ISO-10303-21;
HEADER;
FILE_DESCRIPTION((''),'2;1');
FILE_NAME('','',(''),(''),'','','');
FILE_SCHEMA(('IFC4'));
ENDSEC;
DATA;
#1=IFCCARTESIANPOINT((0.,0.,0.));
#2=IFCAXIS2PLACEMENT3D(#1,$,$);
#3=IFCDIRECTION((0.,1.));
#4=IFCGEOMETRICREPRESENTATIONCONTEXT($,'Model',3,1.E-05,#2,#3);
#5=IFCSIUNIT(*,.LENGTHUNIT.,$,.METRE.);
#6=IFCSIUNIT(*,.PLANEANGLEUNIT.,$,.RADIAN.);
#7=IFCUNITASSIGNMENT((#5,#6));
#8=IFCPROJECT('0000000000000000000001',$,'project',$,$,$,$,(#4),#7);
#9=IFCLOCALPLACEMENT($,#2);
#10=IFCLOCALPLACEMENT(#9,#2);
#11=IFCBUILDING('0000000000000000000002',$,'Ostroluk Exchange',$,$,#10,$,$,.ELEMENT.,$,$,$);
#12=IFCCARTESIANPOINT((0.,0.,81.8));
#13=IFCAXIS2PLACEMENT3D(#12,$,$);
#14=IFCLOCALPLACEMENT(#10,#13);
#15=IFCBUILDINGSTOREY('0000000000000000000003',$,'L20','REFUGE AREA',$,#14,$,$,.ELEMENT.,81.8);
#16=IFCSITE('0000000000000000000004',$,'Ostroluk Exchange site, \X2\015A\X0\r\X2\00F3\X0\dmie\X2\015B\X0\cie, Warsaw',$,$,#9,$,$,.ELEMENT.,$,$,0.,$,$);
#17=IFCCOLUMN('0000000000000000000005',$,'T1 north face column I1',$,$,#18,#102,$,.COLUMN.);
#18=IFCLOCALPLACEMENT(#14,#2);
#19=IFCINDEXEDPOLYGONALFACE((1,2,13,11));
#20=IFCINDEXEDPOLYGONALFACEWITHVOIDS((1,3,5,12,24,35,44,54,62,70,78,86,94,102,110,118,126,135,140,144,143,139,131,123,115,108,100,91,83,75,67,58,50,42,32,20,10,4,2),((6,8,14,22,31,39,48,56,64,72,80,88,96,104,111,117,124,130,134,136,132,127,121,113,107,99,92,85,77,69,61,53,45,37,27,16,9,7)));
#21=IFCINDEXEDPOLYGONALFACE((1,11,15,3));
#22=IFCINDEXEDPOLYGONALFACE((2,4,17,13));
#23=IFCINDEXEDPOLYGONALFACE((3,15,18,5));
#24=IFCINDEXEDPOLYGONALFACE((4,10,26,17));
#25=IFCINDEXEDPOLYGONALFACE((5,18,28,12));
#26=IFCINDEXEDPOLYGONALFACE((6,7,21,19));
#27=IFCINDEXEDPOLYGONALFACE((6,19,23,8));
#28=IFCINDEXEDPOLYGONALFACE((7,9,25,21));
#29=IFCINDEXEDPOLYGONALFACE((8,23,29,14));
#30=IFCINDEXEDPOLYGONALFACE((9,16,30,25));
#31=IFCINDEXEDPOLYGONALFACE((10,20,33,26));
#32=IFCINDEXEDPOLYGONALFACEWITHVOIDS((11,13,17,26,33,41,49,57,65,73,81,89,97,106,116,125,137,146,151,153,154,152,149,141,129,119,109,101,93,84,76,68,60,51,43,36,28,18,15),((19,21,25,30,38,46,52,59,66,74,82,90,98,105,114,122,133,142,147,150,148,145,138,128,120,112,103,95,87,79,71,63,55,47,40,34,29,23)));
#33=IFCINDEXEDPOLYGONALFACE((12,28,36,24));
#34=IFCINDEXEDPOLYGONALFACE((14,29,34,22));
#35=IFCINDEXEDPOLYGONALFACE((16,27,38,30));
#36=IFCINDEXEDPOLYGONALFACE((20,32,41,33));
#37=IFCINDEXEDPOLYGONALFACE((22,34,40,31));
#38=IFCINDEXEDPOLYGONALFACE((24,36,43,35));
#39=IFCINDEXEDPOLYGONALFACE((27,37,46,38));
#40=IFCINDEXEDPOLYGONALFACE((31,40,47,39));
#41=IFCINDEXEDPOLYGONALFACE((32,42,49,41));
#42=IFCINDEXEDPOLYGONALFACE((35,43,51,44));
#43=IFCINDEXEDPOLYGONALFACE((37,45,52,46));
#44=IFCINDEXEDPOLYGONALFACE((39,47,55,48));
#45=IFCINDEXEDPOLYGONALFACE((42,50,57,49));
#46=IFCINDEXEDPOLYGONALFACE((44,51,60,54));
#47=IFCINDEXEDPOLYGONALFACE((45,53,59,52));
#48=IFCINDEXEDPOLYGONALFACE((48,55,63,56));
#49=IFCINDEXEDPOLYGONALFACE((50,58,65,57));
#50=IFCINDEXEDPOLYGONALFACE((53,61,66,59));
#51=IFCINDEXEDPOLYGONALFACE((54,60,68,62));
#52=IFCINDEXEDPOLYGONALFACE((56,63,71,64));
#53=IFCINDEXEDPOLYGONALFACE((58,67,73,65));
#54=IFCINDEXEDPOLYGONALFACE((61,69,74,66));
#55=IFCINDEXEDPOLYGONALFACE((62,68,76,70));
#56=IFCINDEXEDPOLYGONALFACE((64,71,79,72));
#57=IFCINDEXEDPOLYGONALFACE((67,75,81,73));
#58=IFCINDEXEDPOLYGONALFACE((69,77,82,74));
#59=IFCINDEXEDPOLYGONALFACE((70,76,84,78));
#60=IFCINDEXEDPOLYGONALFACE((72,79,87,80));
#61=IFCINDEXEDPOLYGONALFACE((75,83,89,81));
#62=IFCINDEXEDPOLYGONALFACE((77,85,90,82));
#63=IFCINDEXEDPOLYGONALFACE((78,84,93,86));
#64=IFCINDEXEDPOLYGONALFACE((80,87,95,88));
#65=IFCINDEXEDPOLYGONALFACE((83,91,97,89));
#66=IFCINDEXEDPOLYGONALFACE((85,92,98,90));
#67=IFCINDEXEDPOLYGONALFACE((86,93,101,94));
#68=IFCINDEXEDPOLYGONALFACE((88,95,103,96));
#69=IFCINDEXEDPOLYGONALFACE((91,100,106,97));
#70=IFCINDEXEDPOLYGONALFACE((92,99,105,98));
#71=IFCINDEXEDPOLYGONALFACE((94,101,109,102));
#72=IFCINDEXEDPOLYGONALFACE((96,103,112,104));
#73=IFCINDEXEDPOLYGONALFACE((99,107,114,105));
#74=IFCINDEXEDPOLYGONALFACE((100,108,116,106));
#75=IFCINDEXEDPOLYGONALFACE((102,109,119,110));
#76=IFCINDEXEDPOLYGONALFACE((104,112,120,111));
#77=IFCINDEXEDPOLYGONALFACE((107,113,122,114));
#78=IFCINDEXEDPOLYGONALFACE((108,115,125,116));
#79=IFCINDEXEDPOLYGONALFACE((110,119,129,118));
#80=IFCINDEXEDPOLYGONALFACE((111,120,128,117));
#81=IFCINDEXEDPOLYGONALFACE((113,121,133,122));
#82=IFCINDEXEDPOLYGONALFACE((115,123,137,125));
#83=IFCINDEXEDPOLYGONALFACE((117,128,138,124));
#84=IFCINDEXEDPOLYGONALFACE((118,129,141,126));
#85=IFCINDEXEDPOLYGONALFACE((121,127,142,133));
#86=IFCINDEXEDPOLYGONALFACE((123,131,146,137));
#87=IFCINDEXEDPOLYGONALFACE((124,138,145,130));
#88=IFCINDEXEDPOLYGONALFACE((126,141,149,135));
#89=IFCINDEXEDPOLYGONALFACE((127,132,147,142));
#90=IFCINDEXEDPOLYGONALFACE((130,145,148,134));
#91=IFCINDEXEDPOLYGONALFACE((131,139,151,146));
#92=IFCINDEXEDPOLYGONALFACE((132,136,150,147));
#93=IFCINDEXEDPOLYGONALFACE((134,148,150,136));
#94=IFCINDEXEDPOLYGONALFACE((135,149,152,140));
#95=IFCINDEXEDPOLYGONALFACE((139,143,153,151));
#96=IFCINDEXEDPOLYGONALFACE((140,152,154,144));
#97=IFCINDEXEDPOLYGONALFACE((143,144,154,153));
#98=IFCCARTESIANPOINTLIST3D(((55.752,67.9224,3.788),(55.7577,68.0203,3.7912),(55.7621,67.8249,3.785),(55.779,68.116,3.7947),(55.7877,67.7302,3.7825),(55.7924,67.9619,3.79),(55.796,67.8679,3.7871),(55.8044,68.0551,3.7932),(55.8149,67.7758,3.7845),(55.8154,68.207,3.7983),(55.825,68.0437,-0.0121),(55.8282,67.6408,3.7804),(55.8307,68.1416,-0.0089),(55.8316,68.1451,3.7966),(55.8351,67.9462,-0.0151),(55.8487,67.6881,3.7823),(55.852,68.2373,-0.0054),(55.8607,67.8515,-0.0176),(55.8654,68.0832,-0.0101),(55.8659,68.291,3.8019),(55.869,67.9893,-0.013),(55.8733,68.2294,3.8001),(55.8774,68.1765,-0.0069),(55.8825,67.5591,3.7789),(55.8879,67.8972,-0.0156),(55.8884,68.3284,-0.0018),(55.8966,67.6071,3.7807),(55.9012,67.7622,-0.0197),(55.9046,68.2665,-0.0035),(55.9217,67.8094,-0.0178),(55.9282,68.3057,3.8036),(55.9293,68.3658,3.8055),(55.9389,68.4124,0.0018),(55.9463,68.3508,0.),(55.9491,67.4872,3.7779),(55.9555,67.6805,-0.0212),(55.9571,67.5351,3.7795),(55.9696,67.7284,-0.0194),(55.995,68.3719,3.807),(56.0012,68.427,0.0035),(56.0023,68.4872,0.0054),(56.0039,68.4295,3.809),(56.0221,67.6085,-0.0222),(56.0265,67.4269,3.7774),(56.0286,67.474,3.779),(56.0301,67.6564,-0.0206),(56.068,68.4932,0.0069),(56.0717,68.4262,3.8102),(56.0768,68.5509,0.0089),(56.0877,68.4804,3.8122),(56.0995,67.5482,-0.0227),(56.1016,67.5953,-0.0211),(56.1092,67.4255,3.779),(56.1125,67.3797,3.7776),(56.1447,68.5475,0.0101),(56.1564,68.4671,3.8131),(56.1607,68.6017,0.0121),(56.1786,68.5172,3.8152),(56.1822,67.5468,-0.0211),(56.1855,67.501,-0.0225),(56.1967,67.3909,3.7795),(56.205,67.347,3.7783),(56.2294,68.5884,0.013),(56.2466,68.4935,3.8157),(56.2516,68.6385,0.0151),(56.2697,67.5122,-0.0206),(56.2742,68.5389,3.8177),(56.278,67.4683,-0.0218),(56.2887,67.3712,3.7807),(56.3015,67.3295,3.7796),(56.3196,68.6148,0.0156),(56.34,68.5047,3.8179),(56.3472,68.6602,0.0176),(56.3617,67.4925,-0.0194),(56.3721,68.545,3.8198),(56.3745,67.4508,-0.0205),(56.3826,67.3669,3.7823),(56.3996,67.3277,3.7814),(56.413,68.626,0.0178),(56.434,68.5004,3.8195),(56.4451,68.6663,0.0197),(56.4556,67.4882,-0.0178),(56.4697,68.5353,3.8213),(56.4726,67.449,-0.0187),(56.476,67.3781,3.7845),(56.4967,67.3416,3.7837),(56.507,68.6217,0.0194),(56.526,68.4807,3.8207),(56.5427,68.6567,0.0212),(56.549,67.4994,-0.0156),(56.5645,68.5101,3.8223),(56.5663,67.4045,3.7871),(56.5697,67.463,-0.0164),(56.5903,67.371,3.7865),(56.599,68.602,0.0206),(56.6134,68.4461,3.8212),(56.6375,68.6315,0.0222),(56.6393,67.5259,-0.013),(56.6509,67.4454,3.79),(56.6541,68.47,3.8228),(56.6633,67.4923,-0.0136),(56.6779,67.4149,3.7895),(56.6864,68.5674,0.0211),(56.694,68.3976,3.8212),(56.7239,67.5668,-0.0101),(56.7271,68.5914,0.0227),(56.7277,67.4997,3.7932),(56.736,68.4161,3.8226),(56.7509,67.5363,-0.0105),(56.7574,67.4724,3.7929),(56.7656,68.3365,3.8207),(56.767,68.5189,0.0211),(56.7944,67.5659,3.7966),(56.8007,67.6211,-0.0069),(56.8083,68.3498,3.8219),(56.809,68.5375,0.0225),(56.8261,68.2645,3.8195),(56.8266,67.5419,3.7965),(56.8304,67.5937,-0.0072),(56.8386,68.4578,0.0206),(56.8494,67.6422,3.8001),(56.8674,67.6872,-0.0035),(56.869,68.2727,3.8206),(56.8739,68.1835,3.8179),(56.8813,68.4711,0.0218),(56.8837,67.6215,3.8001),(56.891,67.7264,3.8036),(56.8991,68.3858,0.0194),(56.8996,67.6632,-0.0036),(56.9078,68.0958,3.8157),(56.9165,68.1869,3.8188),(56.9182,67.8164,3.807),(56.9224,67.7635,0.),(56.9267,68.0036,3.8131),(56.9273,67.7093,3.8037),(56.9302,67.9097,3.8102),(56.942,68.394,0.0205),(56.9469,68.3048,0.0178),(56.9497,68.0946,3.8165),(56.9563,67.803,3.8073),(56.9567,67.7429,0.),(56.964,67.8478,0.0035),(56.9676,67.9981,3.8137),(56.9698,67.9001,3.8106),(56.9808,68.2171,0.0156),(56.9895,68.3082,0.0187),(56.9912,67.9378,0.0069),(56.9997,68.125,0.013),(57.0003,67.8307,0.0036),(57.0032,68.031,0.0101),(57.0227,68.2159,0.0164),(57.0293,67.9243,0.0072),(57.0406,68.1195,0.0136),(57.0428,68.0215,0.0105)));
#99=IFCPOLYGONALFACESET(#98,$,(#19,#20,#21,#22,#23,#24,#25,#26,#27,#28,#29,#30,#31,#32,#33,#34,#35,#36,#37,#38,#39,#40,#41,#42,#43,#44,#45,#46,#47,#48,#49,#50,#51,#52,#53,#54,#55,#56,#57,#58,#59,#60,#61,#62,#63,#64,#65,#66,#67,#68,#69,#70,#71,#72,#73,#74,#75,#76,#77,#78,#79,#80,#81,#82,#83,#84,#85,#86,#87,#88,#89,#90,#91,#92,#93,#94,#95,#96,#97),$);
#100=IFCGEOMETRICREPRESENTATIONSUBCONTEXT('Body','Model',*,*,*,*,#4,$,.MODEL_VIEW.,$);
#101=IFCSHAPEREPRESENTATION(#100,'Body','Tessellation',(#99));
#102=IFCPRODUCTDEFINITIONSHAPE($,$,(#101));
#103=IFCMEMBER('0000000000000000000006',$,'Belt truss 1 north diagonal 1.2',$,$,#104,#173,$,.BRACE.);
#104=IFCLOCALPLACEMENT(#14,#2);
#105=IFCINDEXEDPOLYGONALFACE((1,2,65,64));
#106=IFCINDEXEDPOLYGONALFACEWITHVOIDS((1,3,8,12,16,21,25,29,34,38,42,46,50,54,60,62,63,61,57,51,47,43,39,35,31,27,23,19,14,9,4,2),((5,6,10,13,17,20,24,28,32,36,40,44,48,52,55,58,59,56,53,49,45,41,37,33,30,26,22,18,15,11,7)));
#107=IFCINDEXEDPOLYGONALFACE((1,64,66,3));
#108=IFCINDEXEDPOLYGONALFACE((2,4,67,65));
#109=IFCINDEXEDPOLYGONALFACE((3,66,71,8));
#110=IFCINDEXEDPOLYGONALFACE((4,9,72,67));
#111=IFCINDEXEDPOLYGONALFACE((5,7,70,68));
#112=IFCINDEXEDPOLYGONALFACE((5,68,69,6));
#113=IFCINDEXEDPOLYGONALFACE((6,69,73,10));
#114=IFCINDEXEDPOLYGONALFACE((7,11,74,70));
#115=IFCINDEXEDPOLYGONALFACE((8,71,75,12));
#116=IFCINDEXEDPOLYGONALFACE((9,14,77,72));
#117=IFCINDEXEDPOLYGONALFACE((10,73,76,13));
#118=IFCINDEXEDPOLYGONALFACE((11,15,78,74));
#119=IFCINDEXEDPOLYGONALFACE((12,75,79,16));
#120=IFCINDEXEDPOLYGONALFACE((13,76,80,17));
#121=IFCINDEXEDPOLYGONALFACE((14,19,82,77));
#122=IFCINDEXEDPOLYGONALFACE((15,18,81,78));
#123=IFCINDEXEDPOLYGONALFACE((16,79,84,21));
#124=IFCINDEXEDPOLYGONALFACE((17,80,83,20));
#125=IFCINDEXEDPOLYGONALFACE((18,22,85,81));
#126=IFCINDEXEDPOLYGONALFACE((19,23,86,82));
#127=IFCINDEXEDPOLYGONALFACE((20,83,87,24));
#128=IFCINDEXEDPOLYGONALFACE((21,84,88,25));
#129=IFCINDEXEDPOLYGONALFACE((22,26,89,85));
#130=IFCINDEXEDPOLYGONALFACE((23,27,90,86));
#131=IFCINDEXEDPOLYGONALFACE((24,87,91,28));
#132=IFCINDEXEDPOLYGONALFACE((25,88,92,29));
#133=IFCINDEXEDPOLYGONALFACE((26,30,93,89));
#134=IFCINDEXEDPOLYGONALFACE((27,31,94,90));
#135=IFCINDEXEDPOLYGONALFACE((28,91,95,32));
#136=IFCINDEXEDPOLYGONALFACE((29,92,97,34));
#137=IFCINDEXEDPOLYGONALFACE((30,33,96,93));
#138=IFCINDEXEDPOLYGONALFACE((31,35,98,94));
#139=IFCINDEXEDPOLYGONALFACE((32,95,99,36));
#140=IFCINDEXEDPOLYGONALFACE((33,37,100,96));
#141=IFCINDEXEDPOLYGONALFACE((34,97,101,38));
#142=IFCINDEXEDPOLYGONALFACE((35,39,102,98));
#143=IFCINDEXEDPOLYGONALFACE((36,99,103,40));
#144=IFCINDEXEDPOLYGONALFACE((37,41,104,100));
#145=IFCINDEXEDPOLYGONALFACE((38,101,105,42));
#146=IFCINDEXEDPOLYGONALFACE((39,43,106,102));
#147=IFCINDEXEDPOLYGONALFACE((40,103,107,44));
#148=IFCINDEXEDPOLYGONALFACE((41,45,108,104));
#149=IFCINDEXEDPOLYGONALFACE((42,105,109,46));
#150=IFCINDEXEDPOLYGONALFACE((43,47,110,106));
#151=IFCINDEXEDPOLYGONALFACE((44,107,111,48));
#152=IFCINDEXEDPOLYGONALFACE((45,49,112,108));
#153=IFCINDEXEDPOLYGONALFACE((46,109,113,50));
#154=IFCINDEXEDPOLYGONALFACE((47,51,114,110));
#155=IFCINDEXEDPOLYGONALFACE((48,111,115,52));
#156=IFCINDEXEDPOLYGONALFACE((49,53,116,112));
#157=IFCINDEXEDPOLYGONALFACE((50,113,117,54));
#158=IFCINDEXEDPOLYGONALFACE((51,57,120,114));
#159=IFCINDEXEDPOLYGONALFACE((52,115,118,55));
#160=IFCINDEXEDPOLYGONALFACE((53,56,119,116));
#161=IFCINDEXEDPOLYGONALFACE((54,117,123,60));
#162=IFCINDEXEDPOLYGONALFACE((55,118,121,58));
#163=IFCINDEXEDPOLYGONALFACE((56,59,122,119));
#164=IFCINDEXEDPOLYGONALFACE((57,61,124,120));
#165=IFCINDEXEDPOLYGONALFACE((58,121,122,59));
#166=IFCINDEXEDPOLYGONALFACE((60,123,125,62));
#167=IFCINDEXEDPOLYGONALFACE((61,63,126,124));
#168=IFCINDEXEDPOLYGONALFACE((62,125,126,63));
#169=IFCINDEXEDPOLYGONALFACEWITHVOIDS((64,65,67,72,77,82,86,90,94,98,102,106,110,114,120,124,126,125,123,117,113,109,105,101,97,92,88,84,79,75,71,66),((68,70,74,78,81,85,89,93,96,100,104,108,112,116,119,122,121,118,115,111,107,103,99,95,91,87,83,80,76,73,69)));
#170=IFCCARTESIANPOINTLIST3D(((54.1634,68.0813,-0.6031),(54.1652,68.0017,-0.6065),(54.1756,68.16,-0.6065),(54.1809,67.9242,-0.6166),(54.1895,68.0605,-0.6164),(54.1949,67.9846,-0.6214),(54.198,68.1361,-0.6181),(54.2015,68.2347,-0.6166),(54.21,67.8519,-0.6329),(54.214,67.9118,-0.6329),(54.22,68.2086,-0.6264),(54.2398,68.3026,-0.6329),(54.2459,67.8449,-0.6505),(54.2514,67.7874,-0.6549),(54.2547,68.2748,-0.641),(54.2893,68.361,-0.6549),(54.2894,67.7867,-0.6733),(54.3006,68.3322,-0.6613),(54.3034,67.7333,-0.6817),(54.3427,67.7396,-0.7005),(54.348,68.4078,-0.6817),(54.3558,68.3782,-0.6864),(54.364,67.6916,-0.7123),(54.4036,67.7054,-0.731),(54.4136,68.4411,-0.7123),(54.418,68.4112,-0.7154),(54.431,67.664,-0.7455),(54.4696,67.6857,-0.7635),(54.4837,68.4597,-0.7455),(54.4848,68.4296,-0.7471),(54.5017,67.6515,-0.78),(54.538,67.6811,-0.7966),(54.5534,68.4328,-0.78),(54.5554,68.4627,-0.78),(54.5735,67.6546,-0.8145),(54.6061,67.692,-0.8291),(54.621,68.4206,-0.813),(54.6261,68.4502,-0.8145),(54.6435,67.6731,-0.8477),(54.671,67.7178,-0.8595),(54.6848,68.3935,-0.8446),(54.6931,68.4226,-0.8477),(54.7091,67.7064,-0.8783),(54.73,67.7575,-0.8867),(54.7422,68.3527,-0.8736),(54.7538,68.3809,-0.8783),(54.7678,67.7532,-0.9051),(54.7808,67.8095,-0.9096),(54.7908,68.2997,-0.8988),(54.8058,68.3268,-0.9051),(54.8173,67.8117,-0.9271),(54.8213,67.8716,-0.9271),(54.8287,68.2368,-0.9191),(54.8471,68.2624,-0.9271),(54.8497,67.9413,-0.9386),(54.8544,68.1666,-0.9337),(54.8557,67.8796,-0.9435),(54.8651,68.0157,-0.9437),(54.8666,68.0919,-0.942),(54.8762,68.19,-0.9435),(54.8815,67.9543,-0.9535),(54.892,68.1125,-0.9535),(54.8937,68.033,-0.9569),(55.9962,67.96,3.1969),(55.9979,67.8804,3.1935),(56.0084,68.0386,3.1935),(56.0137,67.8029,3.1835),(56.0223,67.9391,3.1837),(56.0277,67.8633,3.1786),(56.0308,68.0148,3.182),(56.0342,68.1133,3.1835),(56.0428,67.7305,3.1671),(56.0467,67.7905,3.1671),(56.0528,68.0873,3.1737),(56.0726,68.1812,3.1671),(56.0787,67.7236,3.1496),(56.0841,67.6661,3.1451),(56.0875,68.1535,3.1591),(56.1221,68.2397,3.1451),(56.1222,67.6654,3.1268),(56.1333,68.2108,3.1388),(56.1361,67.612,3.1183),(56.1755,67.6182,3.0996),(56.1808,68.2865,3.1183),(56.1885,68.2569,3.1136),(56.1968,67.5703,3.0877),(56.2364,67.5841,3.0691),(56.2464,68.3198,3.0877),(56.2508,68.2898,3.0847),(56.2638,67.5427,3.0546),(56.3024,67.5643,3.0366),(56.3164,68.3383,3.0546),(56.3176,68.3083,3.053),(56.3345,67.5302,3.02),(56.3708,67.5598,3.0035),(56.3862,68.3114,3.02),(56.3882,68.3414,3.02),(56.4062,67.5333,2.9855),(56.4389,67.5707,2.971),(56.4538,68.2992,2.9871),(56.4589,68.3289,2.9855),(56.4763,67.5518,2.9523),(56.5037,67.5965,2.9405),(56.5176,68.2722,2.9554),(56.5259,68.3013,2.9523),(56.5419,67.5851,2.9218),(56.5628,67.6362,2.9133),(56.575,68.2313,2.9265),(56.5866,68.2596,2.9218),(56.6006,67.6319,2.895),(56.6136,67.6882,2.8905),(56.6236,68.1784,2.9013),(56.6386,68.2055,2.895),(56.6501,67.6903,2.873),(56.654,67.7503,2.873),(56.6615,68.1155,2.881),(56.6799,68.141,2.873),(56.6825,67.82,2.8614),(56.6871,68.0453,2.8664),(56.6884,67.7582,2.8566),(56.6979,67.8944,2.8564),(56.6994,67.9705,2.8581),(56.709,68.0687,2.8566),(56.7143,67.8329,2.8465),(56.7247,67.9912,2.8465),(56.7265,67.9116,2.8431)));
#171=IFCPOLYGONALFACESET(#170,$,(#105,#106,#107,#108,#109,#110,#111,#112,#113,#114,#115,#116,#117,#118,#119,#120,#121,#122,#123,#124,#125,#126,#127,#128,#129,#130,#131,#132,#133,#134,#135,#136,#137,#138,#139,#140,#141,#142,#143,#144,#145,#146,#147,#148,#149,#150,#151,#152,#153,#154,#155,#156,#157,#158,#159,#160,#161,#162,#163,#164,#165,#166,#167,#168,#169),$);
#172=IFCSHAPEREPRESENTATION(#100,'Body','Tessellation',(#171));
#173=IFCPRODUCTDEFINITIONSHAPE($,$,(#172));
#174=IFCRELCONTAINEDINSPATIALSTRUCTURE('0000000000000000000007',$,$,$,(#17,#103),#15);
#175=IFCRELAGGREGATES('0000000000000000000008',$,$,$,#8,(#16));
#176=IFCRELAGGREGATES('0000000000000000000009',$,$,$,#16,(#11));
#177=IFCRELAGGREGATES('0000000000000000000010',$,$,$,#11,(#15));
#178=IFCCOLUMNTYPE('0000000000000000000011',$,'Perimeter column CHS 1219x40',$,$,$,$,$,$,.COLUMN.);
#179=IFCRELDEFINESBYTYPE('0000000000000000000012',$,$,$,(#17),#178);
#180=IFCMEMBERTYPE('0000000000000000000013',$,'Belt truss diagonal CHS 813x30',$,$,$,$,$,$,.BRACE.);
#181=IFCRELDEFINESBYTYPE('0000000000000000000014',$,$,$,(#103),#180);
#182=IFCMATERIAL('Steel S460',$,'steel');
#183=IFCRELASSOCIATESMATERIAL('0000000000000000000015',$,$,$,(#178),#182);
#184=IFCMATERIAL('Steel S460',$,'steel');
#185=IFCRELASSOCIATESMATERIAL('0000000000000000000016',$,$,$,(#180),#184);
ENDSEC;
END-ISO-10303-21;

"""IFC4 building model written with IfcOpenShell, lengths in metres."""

from ifc_helpers import new_model, si_unit, direction, frame, origin, origin_2d, place, context, subcontext, project, spatial, hollow_circle, extrude, material, material_profile, profile_set, type_object, element, save


model = new_model("IFC4")

# Units and contexts
model_context = context("Model", 3, precision=1e-05, world=origin(), true_north=direction((0.0, 1.0)))
body_context = subcontext(model_context, "Body", "Model", "MODEL_VIEW")
ifc_project = project(units=[si_unit("LENGTHUNIT", "METRE"), si_unit("PLANEANGLEUNIT", "RADIAN")], contexts=[model_context])

# Site, building, storey
site_placement = place(None, origin())
site = spatial("IfcSite", under=ifc_project, at=site_placement, Name="Ostroluk Exchange site, Śródmieście, Warsaw", CompositionType="ELEMENT", RefElevation=0.0)
building_placement = place(site_placement, origin())
building = spatial("IfcBuilding", under=site, at=building_placement, Name="Ostroluk Exchange", CompositionType="ELEMENT")
storey_placement = place(building_placement, frame((0.0, 0.0, 81.8)))
storey = spatial("IfcBuildingStorey", under=building, at=storey_placement, Name="L20", Description="REFUGE AREA", CompositionType="ELEMENT", Elevation=81.8)

# Column
ifc_material_1 = material(Name="Steel S460", Category="steel")
ifc_material_profile_1 = material_profile(ifc_material_1, hollow_circle(Radius=0.6096, WallThickness=0.04, at=origin_2d()), Name="CHS 1219x40")
ifc_profile_set_1 = profile_set([ifc_material_profile_1], Name="Steel S460")
column_type = type_object("IfcColumnType", Name="Perimeter column CHS 1219x40", PredefinedType="COLUMN", material=ifc_profile_set_1)
column_placement = place(storey_placement, frame((56.4343, 68.0571, 0.0), z_axis=(-0.019196, -0.031908, 0.999306), x_axis=(0.856884, -0.51551, 0.0)))
element("IfcColumn", 1, at=column_placement, inside=storey, type_object=column_type, Name="T1 north face column I1", PredefinedType="COLUMN", context=body_context, shape_type="SweptSolid", body=[
    extrude(hollow_circle(Radius=0.6096, WallThickness=0.04, at=origin_2d()), origin(), (0.0, 0.0, 1.0), 3.8027),
])

# Member
ifc_material_2 = material(Name="Steel S460", Category="steel")
ifc_material_profile_2 = material_profile(ifc_material_2, hollow_circle(Radius=0.4065, WallThickness=0.03, at=origin_2d()), Name="CHS 813x30")
ifc_profile_set_2 = profile_set([ifc_material_profile_2], Name="Steel S460")
member_type_1 = type_object("IfcMemberType", Name="Belt truss diagonal CHS 813x30", PredefinedType="BRACE", material=ifc_profile_set_2)
member_1_placement = place(storey_placement, frame((54.5286, 68.0571, -0.78), z_axis=(0.434234, -0.028748, 0.900341), x_axis=(0.06606, 0.997816, 0.0)))
element("IfcMember", 2, at=member_1_placement, inside=storey, type_object=member_type_1, Name="Belt truss 1 north diagonal 1.2", PredefinedType="BRACE", context=body_context, shape_type="SweptSolid", body=[
    extrude(hollow_circle(Radius=0.4065, WallThickness=0.03, at=origin_2d()), origin(), (0.0, 0.0, 1.0), 4.2207),
])

save(model, "model.ifc")
